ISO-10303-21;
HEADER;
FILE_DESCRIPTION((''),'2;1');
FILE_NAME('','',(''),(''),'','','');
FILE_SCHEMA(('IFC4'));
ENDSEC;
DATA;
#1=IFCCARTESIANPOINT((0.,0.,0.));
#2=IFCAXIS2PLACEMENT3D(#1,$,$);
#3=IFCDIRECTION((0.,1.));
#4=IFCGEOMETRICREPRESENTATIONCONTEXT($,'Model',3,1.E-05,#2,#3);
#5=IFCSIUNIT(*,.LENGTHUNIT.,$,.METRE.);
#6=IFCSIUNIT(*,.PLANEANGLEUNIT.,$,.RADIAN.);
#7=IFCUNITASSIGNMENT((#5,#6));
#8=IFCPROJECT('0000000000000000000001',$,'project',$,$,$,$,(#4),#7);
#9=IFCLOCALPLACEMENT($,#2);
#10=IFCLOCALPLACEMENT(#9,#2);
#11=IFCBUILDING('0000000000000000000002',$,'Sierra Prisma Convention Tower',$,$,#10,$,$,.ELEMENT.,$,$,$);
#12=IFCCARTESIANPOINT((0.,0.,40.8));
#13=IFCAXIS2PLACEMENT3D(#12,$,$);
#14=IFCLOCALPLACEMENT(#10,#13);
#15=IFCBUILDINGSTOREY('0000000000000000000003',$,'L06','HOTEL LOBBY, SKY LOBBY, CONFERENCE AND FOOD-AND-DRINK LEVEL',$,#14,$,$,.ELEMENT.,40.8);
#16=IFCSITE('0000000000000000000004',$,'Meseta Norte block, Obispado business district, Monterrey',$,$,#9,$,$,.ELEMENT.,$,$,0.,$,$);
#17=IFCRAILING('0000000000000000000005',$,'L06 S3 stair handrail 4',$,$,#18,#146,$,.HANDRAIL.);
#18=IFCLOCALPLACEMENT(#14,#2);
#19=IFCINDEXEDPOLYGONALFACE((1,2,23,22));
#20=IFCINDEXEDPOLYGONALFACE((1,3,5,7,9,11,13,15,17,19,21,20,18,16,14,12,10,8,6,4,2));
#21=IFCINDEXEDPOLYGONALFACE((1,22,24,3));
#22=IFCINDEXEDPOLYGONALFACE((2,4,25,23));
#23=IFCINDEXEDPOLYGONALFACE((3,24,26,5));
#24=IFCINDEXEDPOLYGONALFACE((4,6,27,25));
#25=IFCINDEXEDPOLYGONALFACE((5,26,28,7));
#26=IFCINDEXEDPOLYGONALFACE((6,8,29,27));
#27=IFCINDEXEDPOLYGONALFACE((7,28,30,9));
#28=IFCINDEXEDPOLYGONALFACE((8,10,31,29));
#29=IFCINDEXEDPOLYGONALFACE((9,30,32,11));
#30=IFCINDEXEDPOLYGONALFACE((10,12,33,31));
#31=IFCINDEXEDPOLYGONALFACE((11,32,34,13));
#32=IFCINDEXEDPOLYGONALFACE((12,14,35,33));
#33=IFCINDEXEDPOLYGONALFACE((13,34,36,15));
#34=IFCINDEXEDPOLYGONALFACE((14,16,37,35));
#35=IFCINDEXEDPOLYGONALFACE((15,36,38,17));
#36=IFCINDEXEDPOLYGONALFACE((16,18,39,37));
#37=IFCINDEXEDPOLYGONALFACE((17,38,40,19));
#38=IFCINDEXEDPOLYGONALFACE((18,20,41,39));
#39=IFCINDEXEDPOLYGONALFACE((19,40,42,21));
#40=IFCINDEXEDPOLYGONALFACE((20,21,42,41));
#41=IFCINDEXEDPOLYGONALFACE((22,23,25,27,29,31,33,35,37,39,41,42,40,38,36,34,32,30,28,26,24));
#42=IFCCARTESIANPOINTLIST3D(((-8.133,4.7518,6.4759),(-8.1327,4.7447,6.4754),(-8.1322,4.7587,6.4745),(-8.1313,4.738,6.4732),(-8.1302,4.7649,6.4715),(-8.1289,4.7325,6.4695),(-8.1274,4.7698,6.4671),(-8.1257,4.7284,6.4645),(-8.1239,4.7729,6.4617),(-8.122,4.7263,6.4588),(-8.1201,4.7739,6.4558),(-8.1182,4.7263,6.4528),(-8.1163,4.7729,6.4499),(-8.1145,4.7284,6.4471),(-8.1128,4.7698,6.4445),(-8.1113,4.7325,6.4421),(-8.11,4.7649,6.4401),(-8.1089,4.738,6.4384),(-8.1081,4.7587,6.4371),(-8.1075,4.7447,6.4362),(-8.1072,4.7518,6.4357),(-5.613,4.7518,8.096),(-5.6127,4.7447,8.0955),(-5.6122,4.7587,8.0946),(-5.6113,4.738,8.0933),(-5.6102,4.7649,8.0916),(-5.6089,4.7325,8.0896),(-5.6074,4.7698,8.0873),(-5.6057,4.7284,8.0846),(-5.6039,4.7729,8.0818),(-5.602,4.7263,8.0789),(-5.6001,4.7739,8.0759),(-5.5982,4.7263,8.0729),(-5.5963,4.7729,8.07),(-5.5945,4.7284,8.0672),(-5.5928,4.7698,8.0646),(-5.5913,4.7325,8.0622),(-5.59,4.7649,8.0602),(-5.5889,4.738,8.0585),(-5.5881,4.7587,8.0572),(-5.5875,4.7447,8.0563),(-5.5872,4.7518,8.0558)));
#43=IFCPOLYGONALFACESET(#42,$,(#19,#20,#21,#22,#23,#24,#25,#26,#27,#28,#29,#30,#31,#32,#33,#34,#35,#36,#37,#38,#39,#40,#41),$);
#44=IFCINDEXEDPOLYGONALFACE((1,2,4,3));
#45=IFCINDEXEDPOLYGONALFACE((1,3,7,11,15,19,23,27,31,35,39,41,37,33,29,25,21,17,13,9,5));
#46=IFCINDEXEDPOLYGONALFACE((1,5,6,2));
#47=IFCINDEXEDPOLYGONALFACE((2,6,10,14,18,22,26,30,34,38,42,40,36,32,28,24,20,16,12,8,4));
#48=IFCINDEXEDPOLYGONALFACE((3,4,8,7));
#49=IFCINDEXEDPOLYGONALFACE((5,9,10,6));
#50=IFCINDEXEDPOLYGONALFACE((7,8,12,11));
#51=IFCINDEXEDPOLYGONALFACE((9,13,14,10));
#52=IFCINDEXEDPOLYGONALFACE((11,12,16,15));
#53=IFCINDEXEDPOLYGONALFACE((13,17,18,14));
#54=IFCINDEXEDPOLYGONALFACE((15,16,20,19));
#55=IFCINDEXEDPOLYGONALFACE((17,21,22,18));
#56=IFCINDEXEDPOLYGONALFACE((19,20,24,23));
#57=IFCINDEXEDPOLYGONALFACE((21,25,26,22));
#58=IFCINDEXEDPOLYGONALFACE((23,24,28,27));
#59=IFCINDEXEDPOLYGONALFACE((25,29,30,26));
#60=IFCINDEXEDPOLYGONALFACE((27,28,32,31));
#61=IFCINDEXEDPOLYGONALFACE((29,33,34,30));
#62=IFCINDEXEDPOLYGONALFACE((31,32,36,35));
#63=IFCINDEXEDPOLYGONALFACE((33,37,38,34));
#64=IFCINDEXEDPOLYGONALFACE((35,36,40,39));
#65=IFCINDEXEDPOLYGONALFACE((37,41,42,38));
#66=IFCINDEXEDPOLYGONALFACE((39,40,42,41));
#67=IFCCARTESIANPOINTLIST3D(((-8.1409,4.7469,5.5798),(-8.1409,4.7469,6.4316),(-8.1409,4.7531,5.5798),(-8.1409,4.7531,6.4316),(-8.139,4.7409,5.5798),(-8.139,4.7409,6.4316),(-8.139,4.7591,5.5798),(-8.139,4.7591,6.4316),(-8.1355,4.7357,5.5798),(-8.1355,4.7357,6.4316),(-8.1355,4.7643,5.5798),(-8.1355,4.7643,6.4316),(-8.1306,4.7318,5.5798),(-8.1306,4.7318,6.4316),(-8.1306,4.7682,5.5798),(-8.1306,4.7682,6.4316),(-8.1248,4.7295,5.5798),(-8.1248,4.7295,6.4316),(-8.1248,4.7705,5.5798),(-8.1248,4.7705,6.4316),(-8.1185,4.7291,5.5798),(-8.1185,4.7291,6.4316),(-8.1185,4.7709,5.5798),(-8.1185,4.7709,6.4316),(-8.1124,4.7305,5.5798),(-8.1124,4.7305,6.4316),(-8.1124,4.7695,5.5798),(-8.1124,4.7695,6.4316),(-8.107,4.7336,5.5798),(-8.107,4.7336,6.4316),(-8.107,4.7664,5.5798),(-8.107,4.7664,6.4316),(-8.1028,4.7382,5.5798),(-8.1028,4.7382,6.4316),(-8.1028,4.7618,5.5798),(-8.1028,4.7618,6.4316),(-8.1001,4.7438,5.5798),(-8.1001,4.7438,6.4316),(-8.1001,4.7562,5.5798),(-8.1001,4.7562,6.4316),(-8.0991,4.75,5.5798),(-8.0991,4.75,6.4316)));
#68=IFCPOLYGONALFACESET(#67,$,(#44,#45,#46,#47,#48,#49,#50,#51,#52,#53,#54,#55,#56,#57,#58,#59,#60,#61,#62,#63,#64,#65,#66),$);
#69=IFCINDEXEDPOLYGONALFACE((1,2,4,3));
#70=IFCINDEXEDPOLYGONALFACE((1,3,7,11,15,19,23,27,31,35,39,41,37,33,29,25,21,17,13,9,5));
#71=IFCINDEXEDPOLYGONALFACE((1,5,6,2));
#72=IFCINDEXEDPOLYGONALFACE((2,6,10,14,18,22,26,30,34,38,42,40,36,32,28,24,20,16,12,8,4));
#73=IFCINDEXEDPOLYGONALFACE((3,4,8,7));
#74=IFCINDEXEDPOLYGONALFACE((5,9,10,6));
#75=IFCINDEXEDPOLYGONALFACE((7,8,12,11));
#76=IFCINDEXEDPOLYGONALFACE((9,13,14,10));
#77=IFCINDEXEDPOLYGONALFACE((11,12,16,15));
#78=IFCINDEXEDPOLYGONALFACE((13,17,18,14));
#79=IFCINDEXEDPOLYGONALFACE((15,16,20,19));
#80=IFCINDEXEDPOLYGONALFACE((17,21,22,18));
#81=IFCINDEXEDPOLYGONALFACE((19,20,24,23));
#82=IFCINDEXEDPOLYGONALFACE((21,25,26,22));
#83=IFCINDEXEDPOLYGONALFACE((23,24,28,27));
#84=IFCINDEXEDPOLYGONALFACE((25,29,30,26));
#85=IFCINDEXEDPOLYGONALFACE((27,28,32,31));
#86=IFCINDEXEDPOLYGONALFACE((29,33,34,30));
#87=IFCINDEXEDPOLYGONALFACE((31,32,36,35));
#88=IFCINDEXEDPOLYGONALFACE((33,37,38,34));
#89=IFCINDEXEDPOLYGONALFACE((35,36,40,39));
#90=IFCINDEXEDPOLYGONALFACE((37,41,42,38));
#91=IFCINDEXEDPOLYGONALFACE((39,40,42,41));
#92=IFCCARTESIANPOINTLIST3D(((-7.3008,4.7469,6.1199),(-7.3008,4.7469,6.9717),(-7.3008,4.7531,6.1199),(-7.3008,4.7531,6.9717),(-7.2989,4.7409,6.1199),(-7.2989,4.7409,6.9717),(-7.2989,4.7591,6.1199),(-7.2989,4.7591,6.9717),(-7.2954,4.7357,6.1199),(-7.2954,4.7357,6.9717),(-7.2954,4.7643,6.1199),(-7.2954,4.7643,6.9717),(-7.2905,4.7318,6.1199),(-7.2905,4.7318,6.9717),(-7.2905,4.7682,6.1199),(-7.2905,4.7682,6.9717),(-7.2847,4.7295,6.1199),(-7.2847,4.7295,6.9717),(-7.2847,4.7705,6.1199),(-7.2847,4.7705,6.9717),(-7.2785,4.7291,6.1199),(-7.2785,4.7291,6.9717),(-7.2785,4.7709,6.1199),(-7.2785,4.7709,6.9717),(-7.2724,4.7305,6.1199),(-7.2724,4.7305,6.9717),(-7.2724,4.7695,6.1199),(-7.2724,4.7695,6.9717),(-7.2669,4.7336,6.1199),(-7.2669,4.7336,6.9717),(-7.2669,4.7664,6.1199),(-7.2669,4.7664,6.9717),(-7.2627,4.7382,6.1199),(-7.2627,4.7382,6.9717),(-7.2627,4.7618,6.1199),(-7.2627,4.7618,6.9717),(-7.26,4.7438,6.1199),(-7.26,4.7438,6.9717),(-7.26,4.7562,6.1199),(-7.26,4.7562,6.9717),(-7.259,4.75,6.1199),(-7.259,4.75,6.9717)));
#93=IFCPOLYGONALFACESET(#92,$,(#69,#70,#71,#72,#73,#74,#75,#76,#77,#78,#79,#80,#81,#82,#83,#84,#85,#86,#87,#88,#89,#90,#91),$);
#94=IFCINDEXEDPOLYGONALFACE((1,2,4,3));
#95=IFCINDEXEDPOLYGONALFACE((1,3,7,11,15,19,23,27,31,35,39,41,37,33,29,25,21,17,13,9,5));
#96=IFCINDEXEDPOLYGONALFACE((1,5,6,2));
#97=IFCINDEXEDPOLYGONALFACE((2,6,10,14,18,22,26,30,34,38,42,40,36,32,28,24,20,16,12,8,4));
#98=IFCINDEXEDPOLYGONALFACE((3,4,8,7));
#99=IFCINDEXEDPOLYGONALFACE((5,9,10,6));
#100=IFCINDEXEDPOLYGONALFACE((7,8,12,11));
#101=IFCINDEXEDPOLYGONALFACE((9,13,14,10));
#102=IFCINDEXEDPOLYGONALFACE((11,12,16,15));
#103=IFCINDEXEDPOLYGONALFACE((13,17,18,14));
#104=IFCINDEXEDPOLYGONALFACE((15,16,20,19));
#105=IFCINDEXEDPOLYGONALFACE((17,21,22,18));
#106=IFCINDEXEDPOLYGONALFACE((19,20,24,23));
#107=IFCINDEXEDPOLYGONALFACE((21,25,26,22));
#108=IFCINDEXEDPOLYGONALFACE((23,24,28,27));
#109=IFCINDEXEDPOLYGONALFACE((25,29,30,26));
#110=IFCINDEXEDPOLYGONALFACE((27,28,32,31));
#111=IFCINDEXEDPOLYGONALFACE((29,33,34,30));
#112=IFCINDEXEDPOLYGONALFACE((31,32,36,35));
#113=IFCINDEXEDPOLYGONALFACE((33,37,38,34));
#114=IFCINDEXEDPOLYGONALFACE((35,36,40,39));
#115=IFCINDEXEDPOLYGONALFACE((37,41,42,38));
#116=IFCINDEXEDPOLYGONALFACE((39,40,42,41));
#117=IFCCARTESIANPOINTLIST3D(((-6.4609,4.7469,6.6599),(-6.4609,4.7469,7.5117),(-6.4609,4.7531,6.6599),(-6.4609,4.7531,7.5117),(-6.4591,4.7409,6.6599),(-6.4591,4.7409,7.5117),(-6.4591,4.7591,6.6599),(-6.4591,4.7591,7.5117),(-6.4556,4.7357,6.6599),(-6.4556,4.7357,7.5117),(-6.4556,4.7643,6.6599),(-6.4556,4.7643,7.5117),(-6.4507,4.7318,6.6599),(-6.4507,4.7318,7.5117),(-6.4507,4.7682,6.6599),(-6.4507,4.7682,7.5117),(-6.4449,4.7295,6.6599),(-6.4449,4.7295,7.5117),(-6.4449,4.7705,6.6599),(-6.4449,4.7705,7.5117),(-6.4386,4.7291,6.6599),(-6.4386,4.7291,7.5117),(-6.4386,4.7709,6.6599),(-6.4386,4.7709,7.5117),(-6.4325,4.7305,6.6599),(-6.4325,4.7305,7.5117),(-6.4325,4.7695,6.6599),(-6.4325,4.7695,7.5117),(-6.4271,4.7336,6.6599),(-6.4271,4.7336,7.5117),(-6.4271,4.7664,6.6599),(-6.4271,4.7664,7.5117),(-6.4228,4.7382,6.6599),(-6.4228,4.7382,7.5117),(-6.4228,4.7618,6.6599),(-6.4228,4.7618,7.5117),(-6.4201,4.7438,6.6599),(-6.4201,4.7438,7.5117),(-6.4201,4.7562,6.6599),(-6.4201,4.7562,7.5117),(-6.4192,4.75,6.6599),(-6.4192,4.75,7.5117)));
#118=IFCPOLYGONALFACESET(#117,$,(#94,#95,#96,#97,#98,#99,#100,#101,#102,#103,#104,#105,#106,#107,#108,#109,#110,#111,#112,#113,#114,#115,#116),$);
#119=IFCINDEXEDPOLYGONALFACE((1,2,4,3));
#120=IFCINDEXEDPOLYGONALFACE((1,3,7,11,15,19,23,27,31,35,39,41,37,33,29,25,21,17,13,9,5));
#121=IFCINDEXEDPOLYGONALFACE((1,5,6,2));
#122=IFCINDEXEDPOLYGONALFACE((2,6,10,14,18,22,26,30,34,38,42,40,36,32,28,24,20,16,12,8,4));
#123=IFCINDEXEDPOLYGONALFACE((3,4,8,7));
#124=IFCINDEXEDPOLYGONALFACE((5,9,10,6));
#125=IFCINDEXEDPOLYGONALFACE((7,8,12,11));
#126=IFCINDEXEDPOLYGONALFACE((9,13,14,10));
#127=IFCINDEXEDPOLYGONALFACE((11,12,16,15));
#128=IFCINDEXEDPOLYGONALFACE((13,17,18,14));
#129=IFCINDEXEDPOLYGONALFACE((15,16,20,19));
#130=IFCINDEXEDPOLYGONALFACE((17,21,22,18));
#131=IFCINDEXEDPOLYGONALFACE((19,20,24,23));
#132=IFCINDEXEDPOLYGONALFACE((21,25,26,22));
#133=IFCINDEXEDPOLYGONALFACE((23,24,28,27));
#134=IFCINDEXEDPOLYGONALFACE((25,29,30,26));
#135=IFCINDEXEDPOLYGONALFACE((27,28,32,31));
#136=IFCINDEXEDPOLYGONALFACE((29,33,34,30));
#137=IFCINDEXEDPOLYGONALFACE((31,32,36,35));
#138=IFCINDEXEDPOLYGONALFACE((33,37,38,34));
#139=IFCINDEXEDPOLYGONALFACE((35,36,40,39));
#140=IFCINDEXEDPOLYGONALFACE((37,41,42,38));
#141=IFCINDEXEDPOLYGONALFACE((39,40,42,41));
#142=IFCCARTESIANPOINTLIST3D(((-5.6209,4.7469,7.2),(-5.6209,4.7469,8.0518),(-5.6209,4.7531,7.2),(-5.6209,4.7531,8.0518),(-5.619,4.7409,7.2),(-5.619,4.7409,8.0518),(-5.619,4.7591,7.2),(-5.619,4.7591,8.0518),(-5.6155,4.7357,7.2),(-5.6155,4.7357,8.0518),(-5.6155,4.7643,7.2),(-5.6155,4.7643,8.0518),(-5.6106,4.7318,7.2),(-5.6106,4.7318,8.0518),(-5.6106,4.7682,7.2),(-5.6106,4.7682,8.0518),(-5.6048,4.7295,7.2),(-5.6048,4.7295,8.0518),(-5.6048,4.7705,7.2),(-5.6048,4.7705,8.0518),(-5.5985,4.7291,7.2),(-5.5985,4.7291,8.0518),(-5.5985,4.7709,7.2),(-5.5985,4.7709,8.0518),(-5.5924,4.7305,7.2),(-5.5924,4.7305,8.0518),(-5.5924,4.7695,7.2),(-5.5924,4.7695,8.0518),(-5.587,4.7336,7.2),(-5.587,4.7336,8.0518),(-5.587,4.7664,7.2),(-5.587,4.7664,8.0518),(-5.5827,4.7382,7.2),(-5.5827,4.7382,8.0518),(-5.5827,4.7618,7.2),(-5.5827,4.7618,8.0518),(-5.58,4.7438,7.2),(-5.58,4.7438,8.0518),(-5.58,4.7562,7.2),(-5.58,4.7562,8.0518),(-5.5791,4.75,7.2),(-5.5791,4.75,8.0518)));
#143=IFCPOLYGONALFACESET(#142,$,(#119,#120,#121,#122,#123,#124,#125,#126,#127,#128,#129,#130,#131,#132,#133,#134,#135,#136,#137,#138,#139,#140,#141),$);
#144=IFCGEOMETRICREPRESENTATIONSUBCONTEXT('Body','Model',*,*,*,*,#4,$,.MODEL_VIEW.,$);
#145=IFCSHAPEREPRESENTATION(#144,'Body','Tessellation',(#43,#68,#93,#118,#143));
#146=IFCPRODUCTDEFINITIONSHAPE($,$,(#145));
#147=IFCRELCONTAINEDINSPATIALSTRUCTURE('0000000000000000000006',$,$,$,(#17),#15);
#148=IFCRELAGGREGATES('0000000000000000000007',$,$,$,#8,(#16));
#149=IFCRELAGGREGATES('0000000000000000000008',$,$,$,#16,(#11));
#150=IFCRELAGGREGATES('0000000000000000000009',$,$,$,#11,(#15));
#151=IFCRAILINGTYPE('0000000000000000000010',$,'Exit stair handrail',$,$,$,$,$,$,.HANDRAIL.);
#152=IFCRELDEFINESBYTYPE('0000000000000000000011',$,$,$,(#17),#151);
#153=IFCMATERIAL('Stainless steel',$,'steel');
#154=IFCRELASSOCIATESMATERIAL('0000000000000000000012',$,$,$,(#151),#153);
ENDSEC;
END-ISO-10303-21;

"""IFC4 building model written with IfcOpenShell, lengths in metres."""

from ifc_helpers import new_model, si_unit, direction, frame, origin, origin_2d, place, context, subcontext, project, spatial, circle, extrude, material, type_object, element, save


model = new_model("IFC4")

# Units and contexts
model_context = context("Model", 3, precision=1e-05, world=origin(), true_north=direction((0.0, 1.0)))
body_context = subcontext(model_context, "Body", "Model", "MODEL_VIEW")
ifc_project = project(units=[si_unit("LENGTHUNIT", "METRE"), si_unit("PLANEANGLEUNIT", "RADIAN")], contexts=[model_context])

# Site, building, storey
site_placement = place(None, origin())
site = spatial("IfcSite", under=ifc_project, at=site_placement, Name="Meseta Norte block, Obispado business district, Monterrey", CompositionType="ELEMENT", RefElevation=0.0)
building_placement = place(site_placement, origin())
building = spatial("IfcBuilding", under=site, at=building_placement, Name="Sierra Prisma Convention Tower", CompositionType="ELEMENT")
storey_placement = place(building_placement, frame((0.0, 0.0, 40.8)))
storey = spatial("IfcBuildingStorey", under=building, at=storey_placement, Name="L06", Description="HOTEL LOBBY, SKY LOBBY, CONFERENCE AND FOOD-AND-DRINK LEVEL", CompositionType="ELEMENT", Elevation=40.8)

# Railing
ifc_material_1 = material(Name="Stainless steel", Category="steel")
railing_type_1 = type_object("IfcRailingType", Name="Exit stair handrail", PredefinedType="HANDRAIL", material=ifc_material_1)
railing_1_placement = place(storey_placement, frame((-8.1201, 4.75, 5.5798)))
element("IfcRailing", 1, at=railing_1_placement, inside=storey, type_object=railing_type_1, Name="L06 S3 stair handrail 4", PredefinedType="HANDRAIL", context=body_context, shape_type="SweptSolid", body=[
    extrude(circle(Radius=0.0239, at=origin_2d()), frame((0.0, 0.0, 0.876), z_axis=(0.841163, 0.0, 0.540782), x_axis=(0.0, 1.0, 0.0)), (0.0, 0.0, 1.0), 2.9958),
    extrude(circle(Radius=0.021, at=origin_2d()), origin(), (0.0, 0.0, 1.0), 0.8518),
    extrude(circle(Radius=0.021, at=origin_2d()), frame((0.8401, 0.0, 0.54)), (0.0, 0.0, 1.0), 0.8518),
    extrude(circle(Radius=0.021, at=origin_2d()), frame((1.6799, 0.0, 1.0801)), (0.0, 0.0, 1.0), 0.8518),
    extrude(circle(Radius=0.021, at=origin_2d()), frame((2.52, 0.0, 1.6201)), (0.0, 0.0, 1.0), 0.8518),
])

save(model, "model.ifc")
